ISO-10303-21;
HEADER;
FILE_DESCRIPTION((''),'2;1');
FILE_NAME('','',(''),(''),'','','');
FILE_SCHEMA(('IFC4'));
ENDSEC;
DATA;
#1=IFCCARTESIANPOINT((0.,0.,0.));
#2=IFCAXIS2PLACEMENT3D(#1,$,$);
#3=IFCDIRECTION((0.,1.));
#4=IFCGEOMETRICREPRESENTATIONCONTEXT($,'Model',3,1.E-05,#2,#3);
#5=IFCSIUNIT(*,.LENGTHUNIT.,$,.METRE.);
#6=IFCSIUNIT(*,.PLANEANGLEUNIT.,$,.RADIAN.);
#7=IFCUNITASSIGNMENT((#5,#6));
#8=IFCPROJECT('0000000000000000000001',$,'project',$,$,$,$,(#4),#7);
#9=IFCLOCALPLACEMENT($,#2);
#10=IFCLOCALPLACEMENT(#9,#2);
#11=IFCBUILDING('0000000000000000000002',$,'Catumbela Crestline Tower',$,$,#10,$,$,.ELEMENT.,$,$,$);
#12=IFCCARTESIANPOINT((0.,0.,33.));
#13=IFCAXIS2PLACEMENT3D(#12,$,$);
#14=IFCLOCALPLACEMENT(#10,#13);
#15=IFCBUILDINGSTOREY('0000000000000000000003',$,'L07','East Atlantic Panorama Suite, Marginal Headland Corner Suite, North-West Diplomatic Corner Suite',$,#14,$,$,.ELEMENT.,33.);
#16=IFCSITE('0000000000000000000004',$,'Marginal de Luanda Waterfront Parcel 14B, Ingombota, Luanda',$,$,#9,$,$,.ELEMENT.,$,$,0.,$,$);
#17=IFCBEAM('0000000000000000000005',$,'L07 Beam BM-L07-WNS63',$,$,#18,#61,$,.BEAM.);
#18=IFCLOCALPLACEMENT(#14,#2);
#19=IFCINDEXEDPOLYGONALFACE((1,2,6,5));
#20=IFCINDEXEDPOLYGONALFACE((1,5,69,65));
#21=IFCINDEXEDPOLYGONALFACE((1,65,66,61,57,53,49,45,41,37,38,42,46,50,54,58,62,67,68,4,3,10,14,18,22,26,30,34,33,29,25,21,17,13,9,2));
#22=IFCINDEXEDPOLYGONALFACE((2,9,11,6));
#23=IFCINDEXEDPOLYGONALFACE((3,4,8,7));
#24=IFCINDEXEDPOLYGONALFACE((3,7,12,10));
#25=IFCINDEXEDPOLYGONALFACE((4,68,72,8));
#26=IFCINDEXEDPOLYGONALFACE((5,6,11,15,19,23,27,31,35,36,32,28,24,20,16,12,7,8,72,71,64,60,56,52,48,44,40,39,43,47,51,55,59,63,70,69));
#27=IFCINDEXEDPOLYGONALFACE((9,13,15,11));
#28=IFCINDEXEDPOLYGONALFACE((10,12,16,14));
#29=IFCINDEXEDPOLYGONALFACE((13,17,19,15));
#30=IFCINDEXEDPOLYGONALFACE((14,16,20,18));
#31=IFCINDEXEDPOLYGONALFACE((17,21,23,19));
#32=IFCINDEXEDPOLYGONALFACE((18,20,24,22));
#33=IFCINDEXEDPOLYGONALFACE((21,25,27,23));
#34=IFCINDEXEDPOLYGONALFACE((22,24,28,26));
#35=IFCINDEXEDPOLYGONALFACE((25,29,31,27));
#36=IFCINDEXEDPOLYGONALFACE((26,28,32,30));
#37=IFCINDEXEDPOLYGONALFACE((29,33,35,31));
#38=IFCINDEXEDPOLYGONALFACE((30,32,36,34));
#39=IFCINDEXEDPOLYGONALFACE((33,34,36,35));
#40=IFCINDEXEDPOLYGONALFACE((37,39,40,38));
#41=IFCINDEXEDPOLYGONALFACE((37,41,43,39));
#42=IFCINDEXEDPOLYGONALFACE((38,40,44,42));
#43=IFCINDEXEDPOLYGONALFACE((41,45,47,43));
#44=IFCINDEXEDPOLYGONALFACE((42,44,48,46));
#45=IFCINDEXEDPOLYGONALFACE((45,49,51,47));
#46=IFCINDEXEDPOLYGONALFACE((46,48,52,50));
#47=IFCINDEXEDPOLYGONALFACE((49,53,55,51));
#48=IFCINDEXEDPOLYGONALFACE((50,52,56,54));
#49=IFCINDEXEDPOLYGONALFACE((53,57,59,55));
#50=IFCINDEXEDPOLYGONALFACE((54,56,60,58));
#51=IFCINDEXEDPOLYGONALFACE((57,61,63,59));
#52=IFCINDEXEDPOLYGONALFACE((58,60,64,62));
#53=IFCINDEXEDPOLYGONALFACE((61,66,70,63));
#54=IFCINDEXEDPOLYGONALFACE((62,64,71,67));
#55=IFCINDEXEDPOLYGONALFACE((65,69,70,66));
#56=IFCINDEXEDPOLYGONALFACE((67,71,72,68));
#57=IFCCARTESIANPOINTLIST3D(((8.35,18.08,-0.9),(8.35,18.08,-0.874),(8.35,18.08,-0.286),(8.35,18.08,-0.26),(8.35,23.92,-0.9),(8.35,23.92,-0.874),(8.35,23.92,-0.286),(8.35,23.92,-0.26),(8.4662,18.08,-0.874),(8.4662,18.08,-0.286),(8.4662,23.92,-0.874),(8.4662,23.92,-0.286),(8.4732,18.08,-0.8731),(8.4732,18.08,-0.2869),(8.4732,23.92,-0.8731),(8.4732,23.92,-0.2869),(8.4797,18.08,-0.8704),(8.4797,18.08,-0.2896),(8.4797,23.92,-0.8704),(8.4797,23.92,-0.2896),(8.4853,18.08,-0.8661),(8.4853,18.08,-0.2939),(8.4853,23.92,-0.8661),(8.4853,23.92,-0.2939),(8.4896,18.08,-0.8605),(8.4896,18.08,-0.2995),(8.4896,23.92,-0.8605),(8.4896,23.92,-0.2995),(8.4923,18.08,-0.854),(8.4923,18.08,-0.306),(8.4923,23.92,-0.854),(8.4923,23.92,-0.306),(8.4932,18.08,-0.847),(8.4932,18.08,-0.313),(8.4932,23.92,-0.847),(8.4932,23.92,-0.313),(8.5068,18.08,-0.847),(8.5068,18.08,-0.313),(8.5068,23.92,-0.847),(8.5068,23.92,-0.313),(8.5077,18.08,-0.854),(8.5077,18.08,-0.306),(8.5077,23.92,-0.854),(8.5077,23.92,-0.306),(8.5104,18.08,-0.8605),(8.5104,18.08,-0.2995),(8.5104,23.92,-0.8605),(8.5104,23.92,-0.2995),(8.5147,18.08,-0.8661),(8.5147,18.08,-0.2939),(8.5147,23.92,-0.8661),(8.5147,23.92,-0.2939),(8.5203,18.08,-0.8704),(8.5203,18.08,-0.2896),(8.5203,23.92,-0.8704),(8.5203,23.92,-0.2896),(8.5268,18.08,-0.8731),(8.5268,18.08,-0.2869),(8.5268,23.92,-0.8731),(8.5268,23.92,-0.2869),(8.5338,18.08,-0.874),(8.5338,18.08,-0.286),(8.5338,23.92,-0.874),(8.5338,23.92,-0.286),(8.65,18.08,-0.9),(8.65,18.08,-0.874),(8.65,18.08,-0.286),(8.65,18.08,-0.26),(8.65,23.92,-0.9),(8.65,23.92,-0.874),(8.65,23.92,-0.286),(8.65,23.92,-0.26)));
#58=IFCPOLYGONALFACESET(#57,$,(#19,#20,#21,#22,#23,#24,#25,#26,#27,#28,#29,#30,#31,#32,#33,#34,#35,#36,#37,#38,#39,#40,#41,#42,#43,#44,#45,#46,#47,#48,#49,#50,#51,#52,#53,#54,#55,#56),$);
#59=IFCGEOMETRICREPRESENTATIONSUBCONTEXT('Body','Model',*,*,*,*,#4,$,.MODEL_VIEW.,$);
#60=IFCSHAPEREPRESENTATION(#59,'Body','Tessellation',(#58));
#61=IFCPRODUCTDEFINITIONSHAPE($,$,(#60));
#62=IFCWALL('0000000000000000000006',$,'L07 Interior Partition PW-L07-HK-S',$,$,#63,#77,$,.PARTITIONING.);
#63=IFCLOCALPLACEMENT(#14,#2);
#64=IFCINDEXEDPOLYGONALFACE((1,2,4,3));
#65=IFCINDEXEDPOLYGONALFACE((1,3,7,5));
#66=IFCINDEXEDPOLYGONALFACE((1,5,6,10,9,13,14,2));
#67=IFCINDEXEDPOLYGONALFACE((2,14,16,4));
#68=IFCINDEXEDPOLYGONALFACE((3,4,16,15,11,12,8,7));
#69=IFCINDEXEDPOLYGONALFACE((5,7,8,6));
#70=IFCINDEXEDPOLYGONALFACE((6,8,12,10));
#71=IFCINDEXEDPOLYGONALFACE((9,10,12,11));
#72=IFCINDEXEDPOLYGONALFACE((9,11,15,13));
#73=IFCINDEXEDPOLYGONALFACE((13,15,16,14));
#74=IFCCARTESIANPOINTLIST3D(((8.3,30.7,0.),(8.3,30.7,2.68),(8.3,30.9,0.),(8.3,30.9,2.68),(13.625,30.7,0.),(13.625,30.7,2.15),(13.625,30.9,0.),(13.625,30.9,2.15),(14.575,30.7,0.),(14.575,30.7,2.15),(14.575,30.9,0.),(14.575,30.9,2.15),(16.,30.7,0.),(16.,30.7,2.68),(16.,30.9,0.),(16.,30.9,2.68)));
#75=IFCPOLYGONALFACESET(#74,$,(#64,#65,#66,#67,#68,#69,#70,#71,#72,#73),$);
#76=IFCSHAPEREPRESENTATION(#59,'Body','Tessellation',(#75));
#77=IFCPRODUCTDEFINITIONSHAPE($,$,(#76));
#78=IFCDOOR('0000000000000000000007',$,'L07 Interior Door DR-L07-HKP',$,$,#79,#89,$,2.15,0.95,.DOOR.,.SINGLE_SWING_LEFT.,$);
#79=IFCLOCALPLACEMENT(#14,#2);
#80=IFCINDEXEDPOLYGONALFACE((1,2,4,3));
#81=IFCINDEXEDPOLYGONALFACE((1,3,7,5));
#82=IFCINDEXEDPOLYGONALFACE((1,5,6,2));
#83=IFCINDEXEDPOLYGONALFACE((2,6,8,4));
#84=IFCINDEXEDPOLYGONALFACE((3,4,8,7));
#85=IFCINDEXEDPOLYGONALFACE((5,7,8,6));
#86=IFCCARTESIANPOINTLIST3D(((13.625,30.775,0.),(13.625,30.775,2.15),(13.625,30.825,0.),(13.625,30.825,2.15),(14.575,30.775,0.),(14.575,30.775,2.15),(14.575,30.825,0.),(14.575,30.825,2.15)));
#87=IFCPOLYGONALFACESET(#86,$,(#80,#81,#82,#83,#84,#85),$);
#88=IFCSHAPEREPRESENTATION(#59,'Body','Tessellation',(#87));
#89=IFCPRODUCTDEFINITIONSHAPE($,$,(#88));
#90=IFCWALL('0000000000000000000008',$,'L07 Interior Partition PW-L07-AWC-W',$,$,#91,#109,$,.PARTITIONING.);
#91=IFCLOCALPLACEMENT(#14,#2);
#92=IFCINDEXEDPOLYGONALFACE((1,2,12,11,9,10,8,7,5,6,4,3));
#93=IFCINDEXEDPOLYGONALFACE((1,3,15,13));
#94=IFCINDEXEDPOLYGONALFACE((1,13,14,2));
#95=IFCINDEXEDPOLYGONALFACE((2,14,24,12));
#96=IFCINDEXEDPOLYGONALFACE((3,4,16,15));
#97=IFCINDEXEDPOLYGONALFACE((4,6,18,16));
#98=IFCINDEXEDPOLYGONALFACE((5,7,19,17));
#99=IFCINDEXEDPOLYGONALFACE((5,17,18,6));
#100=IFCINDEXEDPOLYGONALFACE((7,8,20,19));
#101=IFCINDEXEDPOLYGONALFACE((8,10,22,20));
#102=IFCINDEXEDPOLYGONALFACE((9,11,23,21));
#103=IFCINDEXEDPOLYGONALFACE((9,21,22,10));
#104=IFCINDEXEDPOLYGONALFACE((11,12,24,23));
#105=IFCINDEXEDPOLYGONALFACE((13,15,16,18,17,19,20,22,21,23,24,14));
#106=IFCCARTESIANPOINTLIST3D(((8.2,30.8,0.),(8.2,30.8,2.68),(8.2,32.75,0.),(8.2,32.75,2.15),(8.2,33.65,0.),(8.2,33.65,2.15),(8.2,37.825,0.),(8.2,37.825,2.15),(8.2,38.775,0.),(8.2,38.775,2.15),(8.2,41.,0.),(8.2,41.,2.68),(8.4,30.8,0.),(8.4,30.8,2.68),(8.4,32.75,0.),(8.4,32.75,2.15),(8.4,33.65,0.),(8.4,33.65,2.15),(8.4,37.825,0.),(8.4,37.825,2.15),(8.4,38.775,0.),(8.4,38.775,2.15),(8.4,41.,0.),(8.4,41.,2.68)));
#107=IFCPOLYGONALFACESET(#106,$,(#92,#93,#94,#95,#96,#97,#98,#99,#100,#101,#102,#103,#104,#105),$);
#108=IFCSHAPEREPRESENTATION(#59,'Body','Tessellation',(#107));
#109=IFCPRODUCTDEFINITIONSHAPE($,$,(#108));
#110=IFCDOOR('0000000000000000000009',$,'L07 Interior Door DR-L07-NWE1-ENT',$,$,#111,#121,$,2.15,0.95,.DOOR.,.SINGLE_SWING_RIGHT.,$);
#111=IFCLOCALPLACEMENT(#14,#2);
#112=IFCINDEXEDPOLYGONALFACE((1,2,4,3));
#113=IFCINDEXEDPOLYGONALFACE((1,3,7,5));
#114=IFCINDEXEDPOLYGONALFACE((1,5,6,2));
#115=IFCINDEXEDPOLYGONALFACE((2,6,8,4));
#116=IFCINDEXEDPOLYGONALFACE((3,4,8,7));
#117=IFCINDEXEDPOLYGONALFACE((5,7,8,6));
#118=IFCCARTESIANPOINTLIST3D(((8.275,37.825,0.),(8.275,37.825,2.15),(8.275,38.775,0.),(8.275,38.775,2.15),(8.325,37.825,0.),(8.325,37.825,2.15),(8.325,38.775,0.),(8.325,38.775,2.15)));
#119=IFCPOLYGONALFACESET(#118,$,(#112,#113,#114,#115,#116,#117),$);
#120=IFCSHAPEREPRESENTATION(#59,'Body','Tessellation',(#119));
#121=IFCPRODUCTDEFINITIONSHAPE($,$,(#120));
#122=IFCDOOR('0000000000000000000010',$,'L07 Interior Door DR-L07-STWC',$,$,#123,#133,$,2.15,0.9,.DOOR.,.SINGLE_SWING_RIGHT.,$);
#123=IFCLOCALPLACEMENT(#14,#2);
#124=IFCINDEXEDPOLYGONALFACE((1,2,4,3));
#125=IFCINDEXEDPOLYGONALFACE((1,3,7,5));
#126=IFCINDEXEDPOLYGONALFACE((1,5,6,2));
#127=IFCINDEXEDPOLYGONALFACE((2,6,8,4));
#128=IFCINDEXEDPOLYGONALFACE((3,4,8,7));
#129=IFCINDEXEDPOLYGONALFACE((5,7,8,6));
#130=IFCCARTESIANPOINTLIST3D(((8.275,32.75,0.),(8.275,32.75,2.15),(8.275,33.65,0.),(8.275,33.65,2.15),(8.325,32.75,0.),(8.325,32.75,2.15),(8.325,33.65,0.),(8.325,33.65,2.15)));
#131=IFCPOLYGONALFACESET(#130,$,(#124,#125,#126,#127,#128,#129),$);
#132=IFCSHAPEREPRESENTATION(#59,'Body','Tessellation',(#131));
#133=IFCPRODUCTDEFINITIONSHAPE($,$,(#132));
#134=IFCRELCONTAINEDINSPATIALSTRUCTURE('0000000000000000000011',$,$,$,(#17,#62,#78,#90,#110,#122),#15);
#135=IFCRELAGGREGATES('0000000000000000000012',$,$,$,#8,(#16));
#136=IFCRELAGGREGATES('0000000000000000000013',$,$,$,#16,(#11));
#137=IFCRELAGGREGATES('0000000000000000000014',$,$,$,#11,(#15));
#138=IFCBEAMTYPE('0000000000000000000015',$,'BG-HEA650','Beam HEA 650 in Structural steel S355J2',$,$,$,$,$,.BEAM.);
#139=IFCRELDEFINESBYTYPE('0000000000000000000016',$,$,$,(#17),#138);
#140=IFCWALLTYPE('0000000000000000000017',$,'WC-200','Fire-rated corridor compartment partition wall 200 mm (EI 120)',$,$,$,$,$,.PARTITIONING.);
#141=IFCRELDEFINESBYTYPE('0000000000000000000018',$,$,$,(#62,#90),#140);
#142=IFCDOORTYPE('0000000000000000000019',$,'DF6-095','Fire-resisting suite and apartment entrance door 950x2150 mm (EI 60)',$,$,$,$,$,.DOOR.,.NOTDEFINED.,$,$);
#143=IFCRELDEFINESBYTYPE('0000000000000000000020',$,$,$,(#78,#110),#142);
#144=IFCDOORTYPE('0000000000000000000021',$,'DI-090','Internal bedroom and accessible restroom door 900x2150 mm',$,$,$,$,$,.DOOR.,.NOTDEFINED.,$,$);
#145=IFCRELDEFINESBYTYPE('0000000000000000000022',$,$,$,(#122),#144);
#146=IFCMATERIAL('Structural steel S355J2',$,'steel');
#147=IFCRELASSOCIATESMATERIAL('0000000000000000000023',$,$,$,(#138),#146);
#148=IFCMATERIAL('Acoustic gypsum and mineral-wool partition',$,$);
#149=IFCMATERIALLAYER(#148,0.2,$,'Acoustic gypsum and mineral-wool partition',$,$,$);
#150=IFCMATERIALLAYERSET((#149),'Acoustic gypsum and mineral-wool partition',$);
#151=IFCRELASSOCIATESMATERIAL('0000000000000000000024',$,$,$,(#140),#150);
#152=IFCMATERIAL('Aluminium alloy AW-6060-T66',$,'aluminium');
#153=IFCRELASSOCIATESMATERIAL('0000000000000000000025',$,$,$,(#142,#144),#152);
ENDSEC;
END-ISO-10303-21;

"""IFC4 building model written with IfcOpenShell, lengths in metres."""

from ifc_helpers import new_model, si_unit, direction, frame, frame_2d, origin, origin_2d, place, context, subcontext, project, spatial, rectangle, i_section, extrude, material, layer, layer_set, material_profile, profile_set, type_object, element, fill, save


model = new_model("IFC4")

# Units and contexts
model_context = context("Model", 3, precision=1e-05, world=origin(), true_north=direction((0.0, 1.0)))
body_context = subcontext(model_context, "Body", "Model", "MODEL_VIEW")
ifc_project = project(units=[si_unit("LENGTHUNIT", "METRE"), si_unit("PLANEANGLEUNIT", "RADIAN")], contexts=[model_context])

# Site, building, storey
site_placement = place(None, origin())
site = spatial("IfcSite", under=ifc_project, at=site_placement, Name="Marginal de Luanda Waterfront Parcel 14B, Ingombota, Luanda", CompositionType="ELEMENT", RefElevation=0.0)
building_placement = place(site_placement, origin())
building = spatial("IfcBuilding", under=site, at=building_placement, Name="Catumbela Crestline Tower", CompositionType="ELEMENT")
storey_placement = place(building_placement, frame((0.0, 0.0, 33.0)))
storey = spatial("IfcBuildingStorey", under=building, at=storey_placement, Name="L07", Description="East Atlantic Panorama Suite, Marginal Headland Corner Suite, North-West Diplomatic Corner Suite", CompositionType="ELEMENT", Elevation=33.0)

# Beam
ifc_material_1 = material(Name="Structural steel S355J2", Category="steel")
ifc_material_profile_1 = material_profile(ifc_material_1, i_section(OverallWidth=0.3, OverallDepth=0.64, WebThickness=0.0135, FlangeThickness=0.026, FilletRadius=0.027, at=origin_2d()), Name="HEA 650")
ifc_profile_set_1 = profile_set([ifc_material_profile_1], Name="Structural steel S355J2")
beam_type = type_object("IfcBeamType", Name="BG-HEA650", Description="Beam HEA 650 in Structural steel S355J2", PredefinedType="BEAM", material=ifc_profile_set_1)
beam_1_placement = place(storey_placement, frame((8.5, 18.08, -0.58), z_axis=(0.0, 1.0, 0.0), x_axis=(-1.0, 0.0, 0.0)))
element("IfcBeam", 1, at=beam_1_placement, inside=storey, type_object=beam_type, Name="L07 Beam BM-L07-WNS63", PredefinedType="BEAM", context=body_context, shape_type="SweptSolid", body=[
    extrude(i_section(OverallWidth=0.3, OverallDepth=0.64, WebThickness=0.0135, FlangeThickness=0.026, FilletRadius=0.027, at=origin_2d()), origin(), (0.0, 0.0, 1.0), 5.84),
])

# Wall, opening, door
ifc_material_2 = material(Name="Acoustic gypsum and mineral-wool partition")
ifc_layer = layer(ifc_material_2, 0.2, Name="Acoustic gypsum and mineral-wool partition")
ifc_layer_set = layer_set([ifc_layer], Name="Acoustic gypsum and mineral-wool partition")
wall_type = type_object("IfcWallType", Name="WC-200", Description="Fire-rated corridor compartment partition wall 200 mm (EI 120)", PredefinedType="PARTITIONING", material=ifc_layer_set)
wall_1_placement = place(storey_placement, frame((8.3, 30.8, 0.0), z_axis=(0.0, 0.0, 1.0), x_axis=(1.0, 0.0, 0.0)))
wall_1 = element("IfcWall", 2, at=wall_1_placement, inside=storey, type_object=wall_type, Name="L07 Interior Partition PW-L07-HK-S", PredefinedType="PARTITIONING", context=body_context, shape_type="SweptSolid", body=[
    extrude(rectangle(XDim=7.7, YDim=0.2, at=frame_2d((3.85, 0.0))), origin(), (0.0, 0.0, 1.0), 2.68),
])
opening_1_placement = place(wall_1_placement, frame((5.325, 0.0, 0.0)))
opening_1 = element("IfcOpeningElement", 3, at=opening_1_placement, cuts=wall_1, PredefinedType="OPENING", context=body_context, shape_type="SweptSolid", body=[
    extrude(rectangle(XDim=0.95, YDim=2.15, at=frame_2d((0.475, 1.075))), frame((0.0, 0.11, 0.0), z_axis=(0.0, -1.0, 0.0), x_axis=(1.0, 0.0, 0.0)), (0.0, 0.0, 1.0), 0.22),
])
ifc_material_3 = material(Name="Aluminium alloy AW-6060-T66", Category="aluminium")
door_type_1 = type_object("IfcDoorType", Name="DF6-095", Description="Fire-resisting suite and apartment entrance door 950x2150 mm (EI 60)", OperationType="NOTDEFINED", PredefinedType="DOOR", material=ifc_material_3)
door_1_placement = place(opening_1_placement, origin())
door_1 = element("IfcDoor", 4, at=door_1_placement, inside=storey, type_object=door_type_1, Name="L07 Interior Door DR-L07-HKP", OperationType="SINGLE_SWING_LEFT", OverallHeight=2.15, OverallWidth=0.95, PredefinedType="DOOR", context=body_context, shape_type="SweptSolid", body=[
    extrude(rectangle(XDim=0.95, YDim=2.15, at=frame_2d((0.475, 1.075))), frame((0.0, 0.025, 0.0), z_axis=(0.0, -1.0, 0.0), x_axis=(1.0, 0.0, 0.0)), (0.0, 0.0, 1.0), 0.05),
])
fill(opening_1, door_1)

# Wall, openings, doors
wall_2_placement = place(storey_placement, frame((8.3, 30.8, 0.0), z_axis=(0.0, 0.0, 1.0), x_axis=(0.0, 1.0, 0.0)))
wall_2 = element("IfcWall", 5, at=wall_2_placement, inside=storey, type_object=wall_type, Name="L07 Interior Partition PW-L07-AWC-W", PredefinedType="PARTITIONING", context=body_context, shape_type="SweptSolid", body=[
    extrude(rectangle(XDim=10.2, YDim=0.2, at=frame_2d((5.1, 0.0))), origin(), (0.0, 0.0, 1.0), 2.68),
])
opening_2_placement = place(wall_2_placement, frame((1.95, 0.0, 0.0)))
opening_2 = element("IfcOpeningElement", 6, at=opening_2_placement, cuts=wall_2, PredefinedType="OPENING", context=body_context, shape_type="SweptSolid", body=[
    extrude(rectangle(XDim=0.9, YDim=2.15, at=frame_2d((0.45, 1.075))), frame((0.0, 0.11, 0.0), z_axis=(0.0, -1.0, 0.0), x_axis=(1.0, 0.0, 0.0)), (0.0, 0.0, 1.0), 0.22),
])
opening_3_placement = place(wall_2_placement, frame((7.025, 0.0, 0.0)))
opening_3 = element("IfcOpeningElement", 7, at=opening_3_placement, cuts=wall_2, PredefinedType="OPENING", context=body_context, shape_type="SweptSolid", body=[
    extrude(rectangle(XDim=0.95, YDim=2.15, at=frame_2d((0.475, 1.075))), frame((0.0, 0.11, 0.0), z_axis=(0.0, -1.0, 0.0), x_axis=(1.0, 0.0, 0.0)), (0.0, 0.0, 1.0), 0.22),
])
door_2_placement = place(opening_3_placement, origin())
door_2 = element("IfcDoor", 8, at=door_2_placement, inside=storey, type_object=door_type_1, Name="L07 Interior Door DR-L07-NWE1-ENT", OperationType="SINGLE_SWING_RIGHT", OverallHeight=2.15, OverallWidth=0.95, PredefinedType="DOOR", context=body_context, shape_type="SweptSolid", body=[
    extrude(rectangle(XDim=0.95, YDim=2.15, at=frame_2d((0.475, 1.075))), frame((0.0, 0.025, 0.0), z_axis=(0.0, -1.0, 0.0), x_axis=(1.0, 0.0, 0.0)), (0.0, 0.0, 1.0), 0.05),
])
fill(opening_3, door_2)
door_type_2 = type_object("IfcDoorType", Name="DI-090", Description="Internal bedroom and accessible restroom door 900x2150 mm", OperationType="NOTDEFINED", PredefinedType="DOOR", material=ifc_material_3)
door_3_placement = place(opening_2_placement, origin())
door_3 = element("IfcDoor", 9, at=door_3_placement, inside=storey, type_object=door_type_2, Name="L07 Interior Door DR-L07-STWC", OperationType="SINGLE_SWING_RIGHT", OverallHeight=2.15, OverallWidth=0.9, PredefinedType="DOOR", context=body_context, shape_type="SweptSolid", body=[
    extrude(rectangle(XDim=0.9, YDim=2.15, at=frame_2d((0.45, 1.075))), frame((0.0, 0.025, 0.0), z_axis=(0.0, -1.0, 0.0), x_axis=(1.0, 0.0, 0.0)), (0.0, 0.0, 1.0), 0.05),
])
fill(opening_2, door_3)

save(model, "model.ifc")
